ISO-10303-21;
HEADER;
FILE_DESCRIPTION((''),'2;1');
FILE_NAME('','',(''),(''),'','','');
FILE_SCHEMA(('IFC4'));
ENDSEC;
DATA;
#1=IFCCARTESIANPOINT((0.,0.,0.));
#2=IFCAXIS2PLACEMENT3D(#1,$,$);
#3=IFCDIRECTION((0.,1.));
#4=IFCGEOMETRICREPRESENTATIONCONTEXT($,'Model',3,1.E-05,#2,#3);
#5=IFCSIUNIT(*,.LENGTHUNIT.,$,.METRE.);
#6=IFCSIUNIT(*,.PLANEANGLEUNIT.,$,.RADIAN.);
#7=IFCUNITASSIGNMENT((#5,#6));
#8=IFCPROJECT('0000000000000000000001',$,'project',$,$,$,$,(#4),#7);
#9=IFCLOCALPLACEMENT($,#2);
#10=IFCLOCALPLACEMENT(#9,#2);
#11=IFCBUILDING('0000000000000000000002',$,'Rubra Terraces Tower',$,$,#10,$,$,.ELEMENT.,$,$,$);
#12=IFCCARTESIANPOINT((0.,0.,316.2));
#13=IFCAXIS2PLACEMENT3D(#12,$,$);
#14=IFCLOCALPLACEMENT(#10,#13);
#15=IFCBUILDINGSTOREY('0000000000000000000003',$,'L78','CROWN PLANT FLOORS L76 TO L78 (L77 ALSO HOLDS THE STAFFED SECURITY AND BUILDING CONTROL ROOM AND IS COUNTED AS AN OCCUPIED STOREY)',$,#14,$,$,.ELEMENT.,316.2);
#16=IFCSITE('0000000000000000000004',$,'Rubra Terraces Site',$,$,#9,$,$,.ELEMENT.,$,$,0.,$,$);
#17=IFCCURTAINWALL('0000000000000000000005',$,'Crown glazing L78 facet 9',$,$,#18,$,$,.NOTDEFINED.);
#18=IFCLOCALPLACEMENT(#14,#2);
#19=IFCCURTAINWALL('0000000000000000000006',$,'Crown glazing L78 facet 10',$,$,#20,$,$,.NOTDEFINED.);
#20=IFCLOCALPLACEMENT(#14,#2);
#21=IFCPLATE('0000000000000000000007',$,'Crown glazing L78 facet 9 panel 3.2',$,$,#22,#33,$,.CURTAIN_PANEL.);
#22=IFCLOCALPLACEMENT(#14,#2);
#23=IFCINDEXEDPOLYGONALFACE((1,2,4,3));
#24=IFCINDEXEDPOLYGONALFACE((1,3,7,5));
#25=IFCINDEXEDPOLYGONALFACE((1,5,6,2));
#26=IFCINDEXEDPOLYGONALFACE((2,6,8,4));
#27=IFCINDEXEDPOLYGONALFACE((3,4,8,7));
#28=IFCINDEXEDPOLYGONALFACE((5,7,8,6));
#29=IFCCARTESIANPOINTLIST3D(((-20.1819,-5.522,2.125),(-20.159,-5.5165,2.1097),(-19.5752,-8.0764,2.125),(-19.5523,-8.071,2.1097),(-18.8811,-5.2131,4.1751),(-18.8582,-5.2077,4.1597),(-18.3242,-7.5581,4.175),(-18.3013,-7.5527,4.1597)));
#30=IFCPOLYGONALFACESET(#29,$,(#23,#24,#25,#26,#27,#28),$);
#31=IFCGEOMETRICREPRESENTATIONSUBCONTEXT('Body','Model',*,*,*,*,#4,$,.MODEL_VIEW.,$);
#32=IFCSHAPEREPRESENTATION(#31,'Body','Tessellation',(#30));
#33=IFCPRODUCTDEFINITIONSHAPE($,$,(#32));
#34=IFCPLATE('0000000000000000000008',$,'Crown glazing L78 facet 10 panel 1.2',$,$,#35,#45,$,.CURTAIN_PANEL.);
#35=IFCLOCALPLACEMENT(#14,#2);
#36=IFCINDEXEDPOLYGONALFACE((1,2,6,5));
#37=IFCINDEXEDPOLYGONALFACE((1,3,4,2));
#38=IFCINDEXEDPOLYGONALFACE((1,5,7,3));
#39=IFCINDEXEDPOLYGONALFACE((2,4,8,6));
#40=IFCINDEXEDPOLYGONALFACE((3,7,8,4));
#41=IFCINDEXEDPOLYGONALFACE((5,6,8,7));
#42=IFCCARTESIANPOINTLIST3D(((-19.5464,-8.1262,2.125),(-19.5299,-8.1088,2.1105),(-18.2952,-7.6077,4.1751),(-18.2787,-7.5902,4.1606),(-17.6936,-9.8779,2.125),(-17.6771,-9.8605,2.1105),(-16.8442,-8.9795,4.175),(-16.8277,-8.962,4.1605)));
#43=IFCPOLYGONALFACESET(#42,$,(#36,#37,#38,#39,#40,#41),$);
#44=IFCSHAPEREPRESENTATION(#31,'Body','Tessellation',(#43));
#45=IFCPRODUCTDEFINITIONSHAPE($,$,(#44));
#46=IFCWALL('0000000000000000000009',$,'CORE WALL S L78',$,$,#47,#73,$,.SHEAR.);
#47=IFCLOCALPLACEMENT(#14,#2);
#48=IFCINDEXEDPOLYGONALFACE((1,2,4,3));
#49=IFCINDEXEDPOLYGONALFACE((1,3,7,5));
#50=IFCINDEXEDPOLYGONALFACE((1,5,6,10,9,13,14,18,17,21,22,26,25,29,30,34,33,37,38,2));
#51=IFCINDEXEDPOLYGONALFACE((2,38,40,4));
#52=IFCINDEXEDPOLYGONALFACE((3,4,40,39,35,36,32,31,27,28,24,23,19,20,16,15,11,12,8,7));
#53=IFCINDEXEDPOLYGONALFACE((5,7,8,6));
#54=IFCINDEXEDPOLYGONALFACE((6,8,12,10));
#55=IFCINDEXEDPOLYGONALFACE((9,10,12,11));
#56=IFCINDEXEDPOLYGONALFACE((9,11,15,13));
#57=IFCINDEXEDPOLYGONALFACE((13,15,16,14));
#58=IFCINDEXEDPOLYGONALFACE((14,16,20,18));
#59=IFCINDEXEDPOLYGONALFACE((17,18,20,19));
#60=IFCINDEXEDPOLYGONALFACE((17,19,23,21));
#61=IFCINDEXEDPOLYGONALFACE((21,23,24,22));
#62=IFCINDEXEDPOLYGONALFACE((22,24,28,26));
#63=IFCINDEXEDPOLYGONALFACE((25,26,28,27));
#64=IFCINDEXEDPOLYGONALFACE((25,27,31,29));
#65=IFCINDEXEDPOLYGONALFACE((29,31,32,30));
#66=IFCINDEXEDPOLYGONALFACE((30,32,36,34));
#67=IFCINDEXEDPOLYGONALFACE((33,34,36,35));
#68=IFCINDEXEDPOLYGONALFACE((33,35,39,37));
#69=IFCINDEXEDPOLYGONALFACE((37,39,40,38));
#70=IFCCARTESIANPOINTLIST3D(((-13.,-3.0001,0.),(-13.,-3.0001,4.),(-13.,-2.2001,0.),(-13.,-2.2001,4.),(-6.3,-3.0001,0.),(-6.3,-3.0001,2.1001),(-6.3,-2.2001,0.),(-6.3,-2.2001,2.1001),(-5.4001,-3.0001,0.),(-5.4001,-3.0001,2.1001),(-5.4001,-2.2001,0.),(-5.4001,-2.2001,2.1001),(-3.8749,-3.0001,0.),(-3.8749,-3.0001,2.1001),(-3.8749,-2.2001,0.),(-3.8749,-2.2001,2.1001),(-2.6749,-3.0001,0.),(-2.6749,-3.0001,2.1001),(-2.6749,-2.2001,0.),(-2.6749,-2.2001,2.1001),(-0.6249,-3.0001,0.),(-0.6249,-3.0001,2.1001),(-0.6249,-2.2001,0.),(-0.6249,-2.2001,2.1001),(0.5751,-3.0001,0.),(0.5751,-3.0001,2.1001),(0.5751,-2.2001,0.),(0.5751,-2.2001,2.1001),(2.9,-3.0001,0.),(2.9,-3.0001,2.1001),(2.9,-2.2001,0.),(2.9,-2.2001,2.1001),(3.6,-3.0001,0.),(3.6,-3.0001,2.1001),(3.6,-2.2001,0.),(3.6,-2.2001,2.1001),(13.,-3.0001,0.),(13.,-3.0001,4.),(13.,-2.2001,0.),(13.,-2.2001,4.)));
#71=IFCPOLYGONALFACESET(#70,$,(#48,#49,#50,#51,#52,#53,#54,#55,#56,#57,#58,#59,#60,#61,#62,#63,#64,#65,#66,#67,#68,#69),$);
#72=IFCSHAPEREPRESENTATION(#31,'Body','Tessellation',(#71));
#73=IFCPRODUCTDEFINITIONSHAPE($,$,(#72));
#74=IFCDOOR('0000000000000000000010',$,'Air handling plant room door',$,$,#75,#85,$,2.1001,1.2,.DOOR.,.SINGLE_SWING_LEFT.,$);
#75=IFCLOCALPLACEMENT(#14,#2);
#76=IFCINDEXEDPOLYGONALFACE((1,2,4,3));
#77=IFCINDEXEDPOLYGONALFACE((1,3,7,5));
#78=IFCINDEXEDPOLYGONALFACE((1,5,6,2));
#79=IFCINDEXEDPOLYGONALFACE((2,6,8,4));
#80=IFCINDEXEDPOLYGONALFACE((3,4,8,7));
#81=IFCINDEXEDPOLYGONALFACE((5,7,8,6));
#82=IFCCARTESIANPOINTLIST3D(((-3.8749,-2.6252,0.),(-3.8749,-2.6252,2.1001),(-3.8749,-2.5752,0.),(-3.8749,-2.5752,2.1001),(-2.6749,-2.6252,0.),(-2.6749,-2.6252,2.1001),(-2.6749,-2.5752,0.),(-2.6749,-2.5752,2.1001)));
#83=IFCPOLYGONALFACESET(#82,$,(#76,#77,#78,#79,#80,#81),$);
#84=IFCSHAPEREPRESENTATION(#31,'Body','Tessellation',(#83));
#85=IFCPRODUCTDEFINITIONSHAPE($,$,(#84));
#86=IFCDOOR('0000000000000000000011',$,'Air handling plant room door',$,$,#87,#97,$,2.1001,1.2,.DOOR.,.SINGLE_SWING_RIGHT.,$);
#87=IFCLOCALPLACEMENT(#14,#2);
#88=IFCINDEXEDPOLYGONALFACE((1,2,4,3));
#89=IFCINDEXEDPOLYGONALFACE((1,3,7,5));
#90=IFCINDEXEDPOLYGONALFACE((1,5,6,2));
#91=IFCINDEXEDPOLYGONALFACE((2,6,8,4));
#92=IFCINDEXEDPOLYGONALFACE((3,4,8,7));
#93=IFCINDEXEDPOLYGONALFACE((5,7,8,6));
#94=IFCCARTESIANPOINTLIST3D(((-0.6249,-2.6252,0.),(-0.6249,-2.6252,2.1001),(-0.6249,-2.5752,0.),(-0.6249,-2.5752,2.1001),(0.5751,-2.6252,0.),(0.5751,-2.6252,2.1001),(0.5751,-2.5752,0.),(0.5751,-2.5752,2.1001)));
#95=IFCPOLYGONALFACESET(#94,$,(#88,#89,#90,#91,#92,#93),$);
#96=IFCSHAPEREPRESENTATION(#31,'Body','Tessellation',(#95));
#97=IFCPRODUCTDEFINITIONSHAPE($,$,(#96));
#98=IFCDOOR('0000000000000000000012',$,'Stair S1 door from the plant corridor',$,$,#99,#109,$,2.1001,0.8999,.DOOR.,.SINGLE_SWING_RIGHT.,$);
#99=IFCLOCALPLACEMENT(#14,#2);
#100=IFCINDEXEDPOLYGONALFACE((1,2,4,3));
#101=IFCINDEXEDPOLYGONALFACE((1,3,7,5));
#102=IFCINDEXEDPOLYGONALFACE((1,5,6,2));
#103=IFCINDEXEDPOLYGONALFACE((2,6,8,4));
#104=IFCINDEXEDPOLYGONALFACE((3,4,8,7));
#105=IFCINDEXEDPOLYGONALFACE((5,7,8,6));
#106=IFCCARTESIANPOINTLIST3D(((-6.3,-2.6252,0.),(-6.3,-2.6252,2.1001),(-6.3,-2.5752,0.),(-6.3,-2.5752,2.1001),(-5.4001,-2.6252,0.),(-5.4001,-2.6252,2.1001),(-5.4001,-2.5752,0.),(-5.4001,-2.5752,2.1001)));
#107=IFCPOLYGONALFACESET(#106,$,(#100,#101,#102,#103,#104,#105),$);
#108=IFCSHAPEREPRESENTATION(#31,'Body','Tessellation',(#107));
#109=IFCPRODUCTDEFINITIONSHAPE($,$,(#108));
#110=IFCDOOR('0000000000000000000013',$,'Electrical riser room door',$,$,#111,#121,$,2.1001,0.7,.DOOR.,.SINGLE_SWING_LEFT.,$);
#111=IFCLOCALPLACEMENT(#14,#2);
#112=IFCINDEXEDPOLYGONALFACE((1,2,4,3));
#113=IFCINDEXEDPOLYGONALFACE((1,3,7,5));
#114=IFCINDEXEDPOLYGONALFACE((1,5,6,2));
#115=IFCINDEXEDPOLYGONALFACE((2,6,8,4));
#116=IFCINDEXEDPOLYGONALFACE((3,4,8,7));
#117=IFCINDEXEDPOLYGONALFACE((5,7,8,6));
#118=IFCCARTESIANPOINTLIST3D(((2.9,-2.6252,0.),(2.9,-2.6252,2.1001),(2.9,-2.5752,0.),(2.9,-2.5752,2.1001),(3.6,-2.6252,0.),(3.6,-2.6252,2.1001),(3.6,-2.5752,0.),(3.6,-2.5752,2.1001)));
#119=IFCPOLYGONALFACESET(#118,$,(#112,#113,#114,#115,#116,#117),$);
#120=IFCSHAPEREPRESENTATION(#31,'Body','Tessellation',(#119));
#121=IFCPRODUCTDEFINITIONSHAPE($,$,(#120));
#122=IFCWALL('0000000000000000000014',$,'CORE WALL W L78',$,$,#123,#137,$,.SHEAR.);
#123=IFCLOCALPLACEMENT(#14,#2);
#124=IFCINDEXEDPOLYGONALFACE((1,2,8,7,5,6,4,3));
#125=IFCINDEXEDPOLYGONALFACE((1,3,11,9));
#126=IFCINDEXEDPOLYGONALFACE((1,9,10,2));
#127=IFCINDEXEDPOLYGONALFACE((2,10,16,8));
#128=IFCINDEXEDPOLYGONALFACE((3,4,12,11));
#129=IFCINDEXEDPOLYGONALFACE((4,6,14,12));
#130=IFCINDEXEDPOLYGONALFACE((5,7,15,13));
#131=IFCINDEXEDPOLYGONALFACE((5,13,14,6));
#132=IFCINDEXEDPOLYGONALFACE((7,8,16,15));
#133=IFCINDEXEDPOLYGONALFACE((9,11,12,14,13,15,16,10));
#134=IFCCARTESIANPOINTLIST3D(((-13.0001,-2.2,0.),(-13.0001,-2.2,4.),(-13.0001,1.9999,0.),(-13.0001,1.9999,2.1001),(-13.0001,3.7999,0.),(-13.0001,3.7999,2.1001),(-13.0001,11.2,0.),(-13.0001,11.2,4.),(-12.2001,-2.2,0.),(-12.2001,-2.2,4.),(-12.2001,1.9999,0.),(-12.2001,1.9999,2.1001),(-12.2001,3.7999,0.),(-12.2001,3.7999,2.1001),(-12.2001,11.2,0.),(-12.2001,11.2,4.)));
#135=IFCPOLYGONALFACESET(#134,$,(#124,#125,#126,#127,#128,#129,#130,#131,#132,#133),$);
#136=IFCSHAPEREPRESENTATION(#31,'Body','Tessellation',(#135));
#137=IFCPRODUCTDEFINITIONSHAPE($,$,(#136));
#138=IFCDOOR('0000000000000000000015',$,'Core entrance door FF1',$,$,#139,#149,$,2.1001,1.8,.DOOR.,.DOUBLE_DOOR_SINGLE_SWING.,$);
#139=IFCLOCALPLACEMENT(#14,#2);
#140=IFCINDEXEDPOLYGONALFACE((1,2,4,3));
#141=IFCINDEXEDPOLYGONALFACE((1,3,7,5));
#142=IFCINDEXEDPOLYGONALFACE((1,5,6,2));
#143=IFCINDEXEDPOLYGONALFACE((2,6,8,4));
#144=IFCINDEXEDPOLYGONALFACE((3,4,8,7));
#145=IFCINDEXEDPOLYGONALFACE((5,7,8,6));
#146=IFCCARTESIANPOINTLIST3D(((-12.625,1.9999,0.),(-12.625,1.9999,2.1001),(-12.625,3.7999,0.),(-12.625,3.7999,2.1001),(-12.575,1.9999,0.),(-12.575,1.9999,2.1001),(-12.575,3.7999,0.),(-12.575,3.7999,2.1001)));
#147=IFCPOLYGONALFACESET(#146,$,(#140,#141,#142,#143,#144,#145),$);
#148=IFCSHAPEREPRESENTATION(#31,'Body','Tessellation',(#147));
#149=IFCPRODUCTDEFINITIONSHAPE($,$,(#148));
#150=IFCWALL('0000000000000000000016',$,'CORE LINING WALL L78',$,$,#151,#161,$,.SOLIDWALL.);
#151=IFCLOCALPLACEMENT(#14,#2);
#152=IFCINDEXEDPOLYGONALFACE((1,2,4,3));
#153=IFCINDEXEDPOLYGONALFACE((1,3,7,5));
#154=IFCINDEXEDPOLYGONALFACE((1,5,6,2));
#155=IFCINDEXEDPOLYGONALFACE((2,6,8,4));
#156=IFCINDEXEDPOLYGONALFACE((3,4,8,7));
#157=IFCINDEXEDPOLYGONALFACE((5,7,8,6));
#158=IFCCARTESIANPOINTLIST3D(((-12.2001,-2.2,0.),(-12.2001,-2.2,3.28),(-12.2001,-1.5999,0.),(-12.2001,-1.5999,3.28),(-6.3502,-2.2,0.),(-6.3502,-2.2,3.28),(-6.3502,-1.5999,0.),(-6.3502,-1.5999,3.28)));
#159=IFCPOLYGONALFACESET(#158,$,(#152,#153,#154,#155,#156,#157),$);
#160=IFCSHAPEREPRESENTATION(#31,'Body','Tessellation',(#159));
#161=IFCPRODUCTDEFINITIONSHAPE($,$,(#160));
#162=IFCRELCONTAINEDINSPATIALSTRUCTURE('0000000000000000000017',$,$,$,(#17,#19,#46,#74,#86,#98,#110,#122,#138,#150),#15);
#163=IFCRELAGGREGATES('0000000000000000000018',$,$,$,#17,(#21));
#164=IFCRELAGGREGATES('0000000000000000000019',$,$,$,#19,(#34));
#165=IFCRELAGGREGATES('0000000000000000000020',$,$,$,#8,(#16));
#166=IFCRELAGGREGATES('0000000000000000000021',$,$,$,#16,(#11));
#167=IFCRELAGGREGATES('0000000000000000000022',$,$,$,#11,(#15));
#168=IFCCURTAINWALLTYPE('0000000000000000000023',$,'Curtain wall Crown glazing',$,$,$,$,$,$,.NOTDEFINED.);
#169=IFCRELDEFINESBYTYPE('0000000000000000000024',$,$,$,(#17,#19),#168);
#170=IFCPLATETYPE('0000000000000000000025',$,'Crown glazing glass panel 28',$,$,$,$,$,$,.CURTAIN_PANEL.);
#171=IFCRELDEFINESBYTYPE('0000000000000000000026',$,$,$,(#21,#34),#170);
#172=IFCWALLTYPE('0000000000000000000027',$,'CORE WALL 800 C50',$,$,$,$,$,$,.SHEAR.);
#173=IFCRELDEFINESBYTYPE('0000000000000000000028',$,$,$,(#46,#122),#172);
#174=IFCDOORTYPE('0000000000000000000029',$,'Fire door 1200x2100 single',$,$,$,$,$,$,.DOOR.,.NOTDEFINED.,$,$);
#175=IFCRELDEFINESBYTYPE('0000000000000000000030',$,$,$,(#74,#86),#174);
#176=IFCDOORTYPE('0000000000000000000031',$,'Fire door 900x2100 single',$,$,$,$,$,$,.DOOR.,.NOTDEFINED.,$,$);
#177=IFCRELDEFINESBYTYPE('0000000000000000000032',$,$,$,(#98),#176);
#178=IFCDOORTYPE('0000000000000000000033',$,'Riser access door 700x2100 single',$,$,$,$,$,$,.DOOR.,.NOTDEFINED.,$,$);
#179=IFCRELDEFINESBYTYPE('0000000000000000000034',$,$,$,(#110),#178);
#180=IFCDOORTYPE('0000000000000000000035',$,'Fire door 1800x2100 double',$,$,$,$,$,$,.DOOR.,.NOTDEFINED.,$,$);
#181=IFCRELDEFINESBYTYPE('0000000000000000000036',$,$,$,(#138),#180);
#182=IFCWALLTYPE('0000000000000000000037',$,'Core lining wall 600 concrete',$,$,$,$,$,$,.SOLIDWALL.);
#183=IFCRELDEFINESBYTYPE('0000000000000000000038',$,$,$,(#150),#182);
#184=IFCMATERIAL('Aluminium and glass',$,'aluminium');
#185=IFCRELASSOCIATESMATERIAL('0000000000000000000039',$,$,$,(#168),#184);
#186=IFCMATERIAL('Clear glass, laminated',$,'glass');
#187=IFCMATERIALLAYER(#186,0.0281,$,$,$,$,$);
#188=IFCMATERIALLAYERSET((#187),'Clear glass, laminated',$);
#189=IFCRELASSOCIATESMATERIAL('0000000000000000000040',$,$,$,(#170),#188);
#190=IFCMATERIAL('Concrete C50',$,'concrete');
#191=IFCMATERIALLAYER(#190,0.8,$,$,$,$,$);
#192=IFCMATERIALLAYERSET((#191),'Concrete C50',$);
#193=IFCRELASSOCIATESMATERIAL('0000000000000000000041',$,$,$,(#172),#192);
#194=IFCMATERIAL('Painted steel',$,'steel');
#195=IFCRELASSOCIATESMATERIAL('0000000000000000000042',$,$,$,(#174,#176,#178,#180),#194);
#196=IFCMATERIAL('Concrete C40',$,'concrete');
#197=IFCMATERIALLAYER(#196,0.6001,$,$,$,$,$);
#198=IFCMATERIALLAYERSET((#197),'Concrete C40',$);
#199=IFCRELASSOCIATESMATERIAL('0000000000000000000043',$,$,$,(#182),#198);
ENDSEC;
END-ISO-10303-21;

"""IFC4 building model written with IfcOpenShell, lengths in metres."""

from ifc_helpers import new_model, si_unit, direction, frame, frame_2d, origin, place, context, subcontext, project, spatial, polyline, rectangle, outline, extrude, material, layer, layer_set, type_object, element, fill, aggregate, save


model = new_model("IFC4")

# Units and contexts
model_context = context("Model", 3, precision=1e-05, world=origin(), true_north=direction((0.0, 1.0)))
body_context = subcontext(model_context, "Body", "Model", "MODEL_VIEW")
ifc_project = project(units=[si_unit("LENGTHUNIT", "METRE"), si_unit("PLANEANGLEUNIT", "RADIAN")], contexts=[model_context])

# Site, building, storey
site_placement = place(None, origin())
site = spatial("IfcSite", under=ifc_project, at=site_placement, Name="Rubra Terraces Site", CompositionType="ELEMENT", RefElevation=0.0)
building_placement = place(site_placement, origin())
building = spatial("IfcBuilding", under=site, at=building_placement, Name="Rubra Terraces Tower", CompositionType="ELEMENT")
storey_placement = place(building_placement, frame((0.0, 0.0, 316.2)))
storey = spatial("IfcBuildingStorey", under=building, at=storey_placement, Name="L78", Description="CROWN PLANT FLOORS L76 TO L78 (L77 ALSO HOLDS THE STAFFED SECURITY AND BUILDING CONTROL ROOM AND IS COUNTED AS AN OCCUPIED STOREY)", CompositionType="ELEMENT", Elevation=316.2)

# Curtain wall
ifc_material_1 = material(Name="Aluminium and glass", Category="aluminium")
curtain_wall_type = type_object("IfcCurtainWallType", Name="Curtain wall Crown glazing", PredefinedType="NOTDEFINED", material=ifc_material_1)
curtain_wall_1_placement = place(storey_placement, origin())
curtain_wall_1 = element("IfcCurtainWall", 1, at=curtain_wall_1_placement, inside=storey, type_object=curtain_wall_type, Name="Crown glazing L78 facet 9", PredefinedType="NOTDEFINED")

# Curtain wall
curtain_wall_2_placement = place(storey_placement, origin())
curtain_wall_2 = element("IfcCurtainWall", 2, at=curtain_wall_2_placement, inside=storey, type_object=curtain_wall_type, Name="Crown glazing L78 facet 10", PredefinedType="NOTDEFINED")

# Plates
ifc_material_2 = material(Name="Clear glass, laminated", Category="glass")
ifc_layer_1 = layer(ifc_material_2, 0.0281)
ifc_layer_set_1 = layer_set([ifc_layer_1], Name="Clear glass, laminated")
plate_type = type_object("IfcPlateType", Name="Crown glazing glass panel 28", PredefinedType="CURTAIN_PANEL", material=ifc_layer_set_1)
plate_1_placement = place(storey_placement, frame((-20.1819, -5.522, 2.125), z_axis=(-0.814957, -0.193546, 0.546246), x_axis=(0.231069, -0.972937, 0.000005)))
plate_1 = element("IfcPlate", 3, at=plate_1_placement, type_object=plate_type, Name="Crown glazing L78 facet 9 panel 3.2", PredefinedType="CURTAIN_PANEL", context=body_context, shape_type="SweptSolid", body=[
    extrude(outline(polyline([(0.0, 0.0), (2.6255, 0.0), (2.4103, 2.4474), (0.0001, 2.4475), (0.0, 0.0)])), origin(), (0.0, 0.0, -1.0), 0.0281),
])
aggregate(curtain_wall_1, [plate_1])
plate_2_placement = place(storey_placement, frame((-19.5464, -8.1262, 2.125), z_axis=(-0.588303, -0.622238, 0.516448), x_axis=(0.726645, -0.687013, 0.000004)))
plate_2 = element("IfcPlate", 4, at=plate_2_placement, type_object=plate_type, Name="Crown glazing L78 facet 10 panel 1.2", PredefinedType="CURTAIN_PANEL", context=body_context, shape_type="SweptSolid", body=[
    extrude(outline(polyline([(0.0, 0.0), (2.5498, 0.0), (2.5497, 2.394), (0.5529, 2.394), (0.0, 0.0)])), origin(), (0.0, 0.0, -1.0), 0.0281),
])
aggregate(curtain_wall_2, [plate_2])

# Wall, openings, doors
ifc_material_3 = material(Name="Concrete C50", Category="concrete")
ifc_layer_2 = layer(ifc_material_3, 0.8)
ifc_layer_set_2 = layer_set([ifc_layer_2], Name="Concrete C50")
wall_type_1 = type_object("IfcWallType", Name="CORE WALL 800 C50", PredefinedType="SHEAR", material=ifc_layer_set_2)
wall_1_placement = place(storey_placement, frame((-13.0, -2.6001, 0.0), z_axis=(0.0, 0.0, 1.0), x_axis=(1.0, 0.0, 0.0)))
wall_1 = element("IfcWall", 5, at=wall_1_placement, inside=storey, type_object=wall_type_1, Name="CORE WALL S L78", PredefinedType="SHEAR", context=body_context, shape_type="SweptSolid", body=[
    extrude(rectangle(XDim=26.0, YDim=0.8, at=frame_2d((13.0, 0.0))), origin(), (0.0, 0.0, 1.0), 4.0),
])
opening_1_placement = place(wall_1_placement, frame((9.125, 0.0, 0.0)))
opening_1 = element("IfcOpeningElement", 6, at=opening_1_placement, cuts=wall_1, PredefinedType="OPENING", context=body_context, shape_type="SweptSolid", body=[
    extrude(rectangle(XDim=1.2, YDim=2.1001, at=frame_2d((0.6001, 1.05))), frame((0.0, 0.4099, 0.0), z_axis=(0.0, -1.0, 0.0), x_axis=(1.0, 0.0, 0.0)), (0.0, 0.0, 1.0), 0.8201),
])
opening_2_placement = place(wall_1_placement, frame((12.375, 0.0, 0.0)))
opening_2 = element("IfcOpeningElement", 7, at=opening_2_placement, cuts=wall_1, PredefinedType="OPENING", context=body_context, shape_type="SweptSolid", body=[
    extrude(rectangle(XDim=1.2, YDim=2.1001, at=frame_2d((0.6001, 1.05))), frame((0.0, 0.4099, 0.0), z_axis=(0.0, -1.0, 0.0), x_axis=(1.0, 0.0, 0.0)), (0.0, 0.0, 1.0), 0.8201),
])
opening_3_placement = place(wall_1_placement, frame((15.8999, 0.0, 0.0)))
opening_3 = element("IfcOpeningElement", 8, at=opening_3_placement, cuts=wall_1, PredefinedType="OPENING", context=body_context, shape_type="SweptSolid", body=[
    extrude(rectangle(XDim=0.7, YDim=2.1001, at=frame_2d((0.3501, 1.05))), frame((0.0, 0.4099, 0.0), z_axis=(0.0, -1.0, 0.0), x_axis=(1.0, 0.0, 0.0)), (0.0, 0.0, 1.0), 0.8201),
])
opening_4_placement = place(wall_1_placement, frame((6.7, 0.0, 0.0)))
opening_4 = element("IfcOpeningElement", 9, at=opening_4_placement, cuts=wall_1, PredefinedType="OPENING", context=body_context, shape_type="SweptSolid", body=[
    extrude(rectangle(XDim=0.8999, YDim=2.1001, at=frame_2d((0.45, 1.05))), frame((0.0, 0.4099, 0.0), z_axis=(0.0, -1.0, 0.0), x_axis=(1.0, 0.0, 0.0)), (0.0, 0.0, 1.0), 0.8201),
])
ifc_material_4 = material(Name="Painted steel", Category="steel")
door_type_1 = type_object("IfcDoorType", Name="Fire door 1200x2100 single", OperationType="NOTDEFINED", PredefinedType="DOOR", material=ifc_material_4)
door_1_placement = place(opening_1_placement, origin())
door_1 = element("IfcDoor", 10, at=door_1_placement, inside=storey, type_object=door_type_1, Name="Air handling plant room door", OperationType="SINGLE_SWING_LEFT", OverallHeight=2.1001, OverallWidth=1.2, PredefinedType="DOOR", context=body_context, shape_type="SweptSolid", body=[
    extrude(rectangle(XDim=1.2, YDim=2.1001, at=frame_2d((0.6001, 1.05))), frame((0.0, 0.0249, 0.0), z_axis=(0.0, -1.0, 0.0), x_axis=(1.0, 0.0, 0.0)), (0.0, 0.0, 1.0), 0.05),
])
fill(opening_1, door_1)
door_2_placement = place(opening_2_placement, origin())
door_2 = element("IfcDoor", 11, at=door_2_placement, inside=storey, type_object=door_type_1, Name="Air handling plant room door", OperationType="SINGLE_SWING_RIGHT", OverallHeight=2.1001, OverallWidth=1.2, PredefinedType="DOOR", context=body_context, shape_type="SweptSolid", body=[
    extrude(rectangle(XDim=1.2, YDim=2.1001, at=frame_2d((0.6001, 1.05))), frame((0.0, 0.0249, 0.0), z_axis=(0.0, -1.0, 0.0), x_axis=(1.0, 0.0, 0.0)), (0.0, 0.0, 1.0), 0.05),
])
fill(opening_2, door_2)
door_type_2 = type_object("IfcDoorType", Name="Fire door 900x2100 single", OperationType="NOTDEFINED", PredefinedType="DOOR", material=ifc_material_4)
door_3_placement = place(opening_4_placement, origin())
door_3 = element("IfcDoor", 12, at=door_3_placement, inside=storey, type_object=door_type_2, Name="Stair S1 door from the plant corridor", OperationType="SINGLE_SWING_RIGHT", OverallHeight=2.1001, OverallWidth=0.8999, PredefinedType="DOOR", context=body_context, shape_type="SweptSolid", body=[
    extrude(rectangle(XDim=0.8999, YDim=2.1001, at=frame_2d((0.45, 1.05))), frame((0.0, 0.0249, 0.0), z_axis=(0.0, -1.0, 0.0), x_axis=(1.0, 0.0, 0.0)), (0.0, 0.0, 1.0), 0.05),
])
fill(opening_4, door_3)
door_type_3 = type_object("IfcDoorType", Name="Riser access door 700x2100 single", OperationType="NOTDEFINED", PredefinedType="DOOR", material=ifc_material_4)
door_4_placement = place(opening_3_placement, origin())
door_4 = element("IfcDoor", 13, at=door_4_placement, inside=storey, type_object=door_type_3, Name="Electrical riser room door", OperationType="SINGLE_SWING_LEFT", OverallHeight=2.1001, OverallWidth=0.7, PredefinedType="DOOR", context=body_context, shape_type="SweptSolid", body=[
    extrude(rectangle(XDim=0.7, YDim=2.1001, at=frame_2d((0.3501, 1.05))), frame((0.0, 0.0249, 0.0), z_axis=(0.0, -1.0, 0.0), x_axis=(1.0, 0.0, 0.0)), (0.0, 0.0, 1.0), 0.05),
])
fill(opening_3, door_4)

# Wall, opening, door
wall_2_placement = place(storey_placement, frame((-12.6001, -2.2, 0.0), z_axis=(0.0, 0.0, 1.0), x_axis=(0.0, 1.0, 0.0)))
wall_2 = element("IfcWall", 14, at=wall_2_placement, inside=storey, type_object=wall_type_1, Name="CORE WALL W L78", PredefinedType="SHEAR", context=body_context, shape_type="SweptSolid", body=[
    extrude(rectangle(XDim=13.3999, YDim=0.8, at=frame_2d((6.7, 0.0))), origin(), (0.0, 0.0, 1.0), 4.0),
])
opening_5_placement = place(wall_2_placement, frame((4.2, 0.0, 0.0)))
opening_5 = element("IfcOpeningElement", 15, at=opening_5_placement, cuts=wall_2, PredefinedType="OPENING", context=body_context, shape_type="SweptSolid", body=[
    extrude(rectangle(XDim=1.8, YDim=2.1001, at=frame_2d((0.8999, 1.05))), frame((0.0, 0.4099, 0.0), z_axis=(0.0, -1.0, 0.0), x_axis=(1.0, 0.0, 0.0)), (0.0, 0.0, 1.0), 0.8201),
])
door_type_4 = type_object("IfcDoorType", Name="Fire door 1800x2100 double", OperationType="NOTDEFINED", PredefinedType="DOOR", material=ifc_material_4)
door_5_placement = place(opening_5_placement, origin())
door_5 = element("IfcDoor", 16, at=door_5_placement, inside=storey, type_object=door_type_4, Name="Core entrance door FF1", OperationType="DOUBLE_DOOR_SINGLE_SWING", OverallHeight=2.1001, OverallWidth=1.8, PredefinedType="DOOR", context=body_context, shape_type="SweptSolid", body=[
    extrude(rectangle(XDim=1.8, YDim=2.1001, at=frame_2d((0.8999, 1.05))), frame((0.0, 0.0249, 0.0), z_axis=(0.0, -1.0, 0.0), x_axis=(1.0, 0.0, 0.0)), (0.0, 0.0, 1.0), 0.05),
])
fill(opening_5, door_5)

# Wall
ifc_material_5 = material(Name="Concrete C40", Category="concrete")
ifc_layer_3 = layer(ifc_material_5, 0.6001)
ifc_layer_set_3 = layer_set([ifc_layer_3], Name="Concrete C40")
wall_type_2 = type_object("IfcWallType", Name="Core lining wall 600 concrete", PredefinedType="SOLIDWALL", material=ifc_layer_set_3)
wall_3_placement = place(storey_placement, frame((-12.2, -1.8999, 0.0), z_axis=(0.0, 0.0, 1.0), x_axis=(1.0, 0.0, 0.0)))
element("IfcWall", 17, at=wall_3_placement, inside=storey, type_object=wall_type_2, Name="CORE LINING WALL L78", PredefinedType="SOLIDWALL", context=body_context, shape_type="SweptSolid", body=[
    extrude(rectangle(XDim=5.8499, YDim=0.6001, at=frame_2d((2.9248, 0.0))), origin(), (0.0, 0.0, 1.0), 3.28),
])

save(model, "model.ifc")
